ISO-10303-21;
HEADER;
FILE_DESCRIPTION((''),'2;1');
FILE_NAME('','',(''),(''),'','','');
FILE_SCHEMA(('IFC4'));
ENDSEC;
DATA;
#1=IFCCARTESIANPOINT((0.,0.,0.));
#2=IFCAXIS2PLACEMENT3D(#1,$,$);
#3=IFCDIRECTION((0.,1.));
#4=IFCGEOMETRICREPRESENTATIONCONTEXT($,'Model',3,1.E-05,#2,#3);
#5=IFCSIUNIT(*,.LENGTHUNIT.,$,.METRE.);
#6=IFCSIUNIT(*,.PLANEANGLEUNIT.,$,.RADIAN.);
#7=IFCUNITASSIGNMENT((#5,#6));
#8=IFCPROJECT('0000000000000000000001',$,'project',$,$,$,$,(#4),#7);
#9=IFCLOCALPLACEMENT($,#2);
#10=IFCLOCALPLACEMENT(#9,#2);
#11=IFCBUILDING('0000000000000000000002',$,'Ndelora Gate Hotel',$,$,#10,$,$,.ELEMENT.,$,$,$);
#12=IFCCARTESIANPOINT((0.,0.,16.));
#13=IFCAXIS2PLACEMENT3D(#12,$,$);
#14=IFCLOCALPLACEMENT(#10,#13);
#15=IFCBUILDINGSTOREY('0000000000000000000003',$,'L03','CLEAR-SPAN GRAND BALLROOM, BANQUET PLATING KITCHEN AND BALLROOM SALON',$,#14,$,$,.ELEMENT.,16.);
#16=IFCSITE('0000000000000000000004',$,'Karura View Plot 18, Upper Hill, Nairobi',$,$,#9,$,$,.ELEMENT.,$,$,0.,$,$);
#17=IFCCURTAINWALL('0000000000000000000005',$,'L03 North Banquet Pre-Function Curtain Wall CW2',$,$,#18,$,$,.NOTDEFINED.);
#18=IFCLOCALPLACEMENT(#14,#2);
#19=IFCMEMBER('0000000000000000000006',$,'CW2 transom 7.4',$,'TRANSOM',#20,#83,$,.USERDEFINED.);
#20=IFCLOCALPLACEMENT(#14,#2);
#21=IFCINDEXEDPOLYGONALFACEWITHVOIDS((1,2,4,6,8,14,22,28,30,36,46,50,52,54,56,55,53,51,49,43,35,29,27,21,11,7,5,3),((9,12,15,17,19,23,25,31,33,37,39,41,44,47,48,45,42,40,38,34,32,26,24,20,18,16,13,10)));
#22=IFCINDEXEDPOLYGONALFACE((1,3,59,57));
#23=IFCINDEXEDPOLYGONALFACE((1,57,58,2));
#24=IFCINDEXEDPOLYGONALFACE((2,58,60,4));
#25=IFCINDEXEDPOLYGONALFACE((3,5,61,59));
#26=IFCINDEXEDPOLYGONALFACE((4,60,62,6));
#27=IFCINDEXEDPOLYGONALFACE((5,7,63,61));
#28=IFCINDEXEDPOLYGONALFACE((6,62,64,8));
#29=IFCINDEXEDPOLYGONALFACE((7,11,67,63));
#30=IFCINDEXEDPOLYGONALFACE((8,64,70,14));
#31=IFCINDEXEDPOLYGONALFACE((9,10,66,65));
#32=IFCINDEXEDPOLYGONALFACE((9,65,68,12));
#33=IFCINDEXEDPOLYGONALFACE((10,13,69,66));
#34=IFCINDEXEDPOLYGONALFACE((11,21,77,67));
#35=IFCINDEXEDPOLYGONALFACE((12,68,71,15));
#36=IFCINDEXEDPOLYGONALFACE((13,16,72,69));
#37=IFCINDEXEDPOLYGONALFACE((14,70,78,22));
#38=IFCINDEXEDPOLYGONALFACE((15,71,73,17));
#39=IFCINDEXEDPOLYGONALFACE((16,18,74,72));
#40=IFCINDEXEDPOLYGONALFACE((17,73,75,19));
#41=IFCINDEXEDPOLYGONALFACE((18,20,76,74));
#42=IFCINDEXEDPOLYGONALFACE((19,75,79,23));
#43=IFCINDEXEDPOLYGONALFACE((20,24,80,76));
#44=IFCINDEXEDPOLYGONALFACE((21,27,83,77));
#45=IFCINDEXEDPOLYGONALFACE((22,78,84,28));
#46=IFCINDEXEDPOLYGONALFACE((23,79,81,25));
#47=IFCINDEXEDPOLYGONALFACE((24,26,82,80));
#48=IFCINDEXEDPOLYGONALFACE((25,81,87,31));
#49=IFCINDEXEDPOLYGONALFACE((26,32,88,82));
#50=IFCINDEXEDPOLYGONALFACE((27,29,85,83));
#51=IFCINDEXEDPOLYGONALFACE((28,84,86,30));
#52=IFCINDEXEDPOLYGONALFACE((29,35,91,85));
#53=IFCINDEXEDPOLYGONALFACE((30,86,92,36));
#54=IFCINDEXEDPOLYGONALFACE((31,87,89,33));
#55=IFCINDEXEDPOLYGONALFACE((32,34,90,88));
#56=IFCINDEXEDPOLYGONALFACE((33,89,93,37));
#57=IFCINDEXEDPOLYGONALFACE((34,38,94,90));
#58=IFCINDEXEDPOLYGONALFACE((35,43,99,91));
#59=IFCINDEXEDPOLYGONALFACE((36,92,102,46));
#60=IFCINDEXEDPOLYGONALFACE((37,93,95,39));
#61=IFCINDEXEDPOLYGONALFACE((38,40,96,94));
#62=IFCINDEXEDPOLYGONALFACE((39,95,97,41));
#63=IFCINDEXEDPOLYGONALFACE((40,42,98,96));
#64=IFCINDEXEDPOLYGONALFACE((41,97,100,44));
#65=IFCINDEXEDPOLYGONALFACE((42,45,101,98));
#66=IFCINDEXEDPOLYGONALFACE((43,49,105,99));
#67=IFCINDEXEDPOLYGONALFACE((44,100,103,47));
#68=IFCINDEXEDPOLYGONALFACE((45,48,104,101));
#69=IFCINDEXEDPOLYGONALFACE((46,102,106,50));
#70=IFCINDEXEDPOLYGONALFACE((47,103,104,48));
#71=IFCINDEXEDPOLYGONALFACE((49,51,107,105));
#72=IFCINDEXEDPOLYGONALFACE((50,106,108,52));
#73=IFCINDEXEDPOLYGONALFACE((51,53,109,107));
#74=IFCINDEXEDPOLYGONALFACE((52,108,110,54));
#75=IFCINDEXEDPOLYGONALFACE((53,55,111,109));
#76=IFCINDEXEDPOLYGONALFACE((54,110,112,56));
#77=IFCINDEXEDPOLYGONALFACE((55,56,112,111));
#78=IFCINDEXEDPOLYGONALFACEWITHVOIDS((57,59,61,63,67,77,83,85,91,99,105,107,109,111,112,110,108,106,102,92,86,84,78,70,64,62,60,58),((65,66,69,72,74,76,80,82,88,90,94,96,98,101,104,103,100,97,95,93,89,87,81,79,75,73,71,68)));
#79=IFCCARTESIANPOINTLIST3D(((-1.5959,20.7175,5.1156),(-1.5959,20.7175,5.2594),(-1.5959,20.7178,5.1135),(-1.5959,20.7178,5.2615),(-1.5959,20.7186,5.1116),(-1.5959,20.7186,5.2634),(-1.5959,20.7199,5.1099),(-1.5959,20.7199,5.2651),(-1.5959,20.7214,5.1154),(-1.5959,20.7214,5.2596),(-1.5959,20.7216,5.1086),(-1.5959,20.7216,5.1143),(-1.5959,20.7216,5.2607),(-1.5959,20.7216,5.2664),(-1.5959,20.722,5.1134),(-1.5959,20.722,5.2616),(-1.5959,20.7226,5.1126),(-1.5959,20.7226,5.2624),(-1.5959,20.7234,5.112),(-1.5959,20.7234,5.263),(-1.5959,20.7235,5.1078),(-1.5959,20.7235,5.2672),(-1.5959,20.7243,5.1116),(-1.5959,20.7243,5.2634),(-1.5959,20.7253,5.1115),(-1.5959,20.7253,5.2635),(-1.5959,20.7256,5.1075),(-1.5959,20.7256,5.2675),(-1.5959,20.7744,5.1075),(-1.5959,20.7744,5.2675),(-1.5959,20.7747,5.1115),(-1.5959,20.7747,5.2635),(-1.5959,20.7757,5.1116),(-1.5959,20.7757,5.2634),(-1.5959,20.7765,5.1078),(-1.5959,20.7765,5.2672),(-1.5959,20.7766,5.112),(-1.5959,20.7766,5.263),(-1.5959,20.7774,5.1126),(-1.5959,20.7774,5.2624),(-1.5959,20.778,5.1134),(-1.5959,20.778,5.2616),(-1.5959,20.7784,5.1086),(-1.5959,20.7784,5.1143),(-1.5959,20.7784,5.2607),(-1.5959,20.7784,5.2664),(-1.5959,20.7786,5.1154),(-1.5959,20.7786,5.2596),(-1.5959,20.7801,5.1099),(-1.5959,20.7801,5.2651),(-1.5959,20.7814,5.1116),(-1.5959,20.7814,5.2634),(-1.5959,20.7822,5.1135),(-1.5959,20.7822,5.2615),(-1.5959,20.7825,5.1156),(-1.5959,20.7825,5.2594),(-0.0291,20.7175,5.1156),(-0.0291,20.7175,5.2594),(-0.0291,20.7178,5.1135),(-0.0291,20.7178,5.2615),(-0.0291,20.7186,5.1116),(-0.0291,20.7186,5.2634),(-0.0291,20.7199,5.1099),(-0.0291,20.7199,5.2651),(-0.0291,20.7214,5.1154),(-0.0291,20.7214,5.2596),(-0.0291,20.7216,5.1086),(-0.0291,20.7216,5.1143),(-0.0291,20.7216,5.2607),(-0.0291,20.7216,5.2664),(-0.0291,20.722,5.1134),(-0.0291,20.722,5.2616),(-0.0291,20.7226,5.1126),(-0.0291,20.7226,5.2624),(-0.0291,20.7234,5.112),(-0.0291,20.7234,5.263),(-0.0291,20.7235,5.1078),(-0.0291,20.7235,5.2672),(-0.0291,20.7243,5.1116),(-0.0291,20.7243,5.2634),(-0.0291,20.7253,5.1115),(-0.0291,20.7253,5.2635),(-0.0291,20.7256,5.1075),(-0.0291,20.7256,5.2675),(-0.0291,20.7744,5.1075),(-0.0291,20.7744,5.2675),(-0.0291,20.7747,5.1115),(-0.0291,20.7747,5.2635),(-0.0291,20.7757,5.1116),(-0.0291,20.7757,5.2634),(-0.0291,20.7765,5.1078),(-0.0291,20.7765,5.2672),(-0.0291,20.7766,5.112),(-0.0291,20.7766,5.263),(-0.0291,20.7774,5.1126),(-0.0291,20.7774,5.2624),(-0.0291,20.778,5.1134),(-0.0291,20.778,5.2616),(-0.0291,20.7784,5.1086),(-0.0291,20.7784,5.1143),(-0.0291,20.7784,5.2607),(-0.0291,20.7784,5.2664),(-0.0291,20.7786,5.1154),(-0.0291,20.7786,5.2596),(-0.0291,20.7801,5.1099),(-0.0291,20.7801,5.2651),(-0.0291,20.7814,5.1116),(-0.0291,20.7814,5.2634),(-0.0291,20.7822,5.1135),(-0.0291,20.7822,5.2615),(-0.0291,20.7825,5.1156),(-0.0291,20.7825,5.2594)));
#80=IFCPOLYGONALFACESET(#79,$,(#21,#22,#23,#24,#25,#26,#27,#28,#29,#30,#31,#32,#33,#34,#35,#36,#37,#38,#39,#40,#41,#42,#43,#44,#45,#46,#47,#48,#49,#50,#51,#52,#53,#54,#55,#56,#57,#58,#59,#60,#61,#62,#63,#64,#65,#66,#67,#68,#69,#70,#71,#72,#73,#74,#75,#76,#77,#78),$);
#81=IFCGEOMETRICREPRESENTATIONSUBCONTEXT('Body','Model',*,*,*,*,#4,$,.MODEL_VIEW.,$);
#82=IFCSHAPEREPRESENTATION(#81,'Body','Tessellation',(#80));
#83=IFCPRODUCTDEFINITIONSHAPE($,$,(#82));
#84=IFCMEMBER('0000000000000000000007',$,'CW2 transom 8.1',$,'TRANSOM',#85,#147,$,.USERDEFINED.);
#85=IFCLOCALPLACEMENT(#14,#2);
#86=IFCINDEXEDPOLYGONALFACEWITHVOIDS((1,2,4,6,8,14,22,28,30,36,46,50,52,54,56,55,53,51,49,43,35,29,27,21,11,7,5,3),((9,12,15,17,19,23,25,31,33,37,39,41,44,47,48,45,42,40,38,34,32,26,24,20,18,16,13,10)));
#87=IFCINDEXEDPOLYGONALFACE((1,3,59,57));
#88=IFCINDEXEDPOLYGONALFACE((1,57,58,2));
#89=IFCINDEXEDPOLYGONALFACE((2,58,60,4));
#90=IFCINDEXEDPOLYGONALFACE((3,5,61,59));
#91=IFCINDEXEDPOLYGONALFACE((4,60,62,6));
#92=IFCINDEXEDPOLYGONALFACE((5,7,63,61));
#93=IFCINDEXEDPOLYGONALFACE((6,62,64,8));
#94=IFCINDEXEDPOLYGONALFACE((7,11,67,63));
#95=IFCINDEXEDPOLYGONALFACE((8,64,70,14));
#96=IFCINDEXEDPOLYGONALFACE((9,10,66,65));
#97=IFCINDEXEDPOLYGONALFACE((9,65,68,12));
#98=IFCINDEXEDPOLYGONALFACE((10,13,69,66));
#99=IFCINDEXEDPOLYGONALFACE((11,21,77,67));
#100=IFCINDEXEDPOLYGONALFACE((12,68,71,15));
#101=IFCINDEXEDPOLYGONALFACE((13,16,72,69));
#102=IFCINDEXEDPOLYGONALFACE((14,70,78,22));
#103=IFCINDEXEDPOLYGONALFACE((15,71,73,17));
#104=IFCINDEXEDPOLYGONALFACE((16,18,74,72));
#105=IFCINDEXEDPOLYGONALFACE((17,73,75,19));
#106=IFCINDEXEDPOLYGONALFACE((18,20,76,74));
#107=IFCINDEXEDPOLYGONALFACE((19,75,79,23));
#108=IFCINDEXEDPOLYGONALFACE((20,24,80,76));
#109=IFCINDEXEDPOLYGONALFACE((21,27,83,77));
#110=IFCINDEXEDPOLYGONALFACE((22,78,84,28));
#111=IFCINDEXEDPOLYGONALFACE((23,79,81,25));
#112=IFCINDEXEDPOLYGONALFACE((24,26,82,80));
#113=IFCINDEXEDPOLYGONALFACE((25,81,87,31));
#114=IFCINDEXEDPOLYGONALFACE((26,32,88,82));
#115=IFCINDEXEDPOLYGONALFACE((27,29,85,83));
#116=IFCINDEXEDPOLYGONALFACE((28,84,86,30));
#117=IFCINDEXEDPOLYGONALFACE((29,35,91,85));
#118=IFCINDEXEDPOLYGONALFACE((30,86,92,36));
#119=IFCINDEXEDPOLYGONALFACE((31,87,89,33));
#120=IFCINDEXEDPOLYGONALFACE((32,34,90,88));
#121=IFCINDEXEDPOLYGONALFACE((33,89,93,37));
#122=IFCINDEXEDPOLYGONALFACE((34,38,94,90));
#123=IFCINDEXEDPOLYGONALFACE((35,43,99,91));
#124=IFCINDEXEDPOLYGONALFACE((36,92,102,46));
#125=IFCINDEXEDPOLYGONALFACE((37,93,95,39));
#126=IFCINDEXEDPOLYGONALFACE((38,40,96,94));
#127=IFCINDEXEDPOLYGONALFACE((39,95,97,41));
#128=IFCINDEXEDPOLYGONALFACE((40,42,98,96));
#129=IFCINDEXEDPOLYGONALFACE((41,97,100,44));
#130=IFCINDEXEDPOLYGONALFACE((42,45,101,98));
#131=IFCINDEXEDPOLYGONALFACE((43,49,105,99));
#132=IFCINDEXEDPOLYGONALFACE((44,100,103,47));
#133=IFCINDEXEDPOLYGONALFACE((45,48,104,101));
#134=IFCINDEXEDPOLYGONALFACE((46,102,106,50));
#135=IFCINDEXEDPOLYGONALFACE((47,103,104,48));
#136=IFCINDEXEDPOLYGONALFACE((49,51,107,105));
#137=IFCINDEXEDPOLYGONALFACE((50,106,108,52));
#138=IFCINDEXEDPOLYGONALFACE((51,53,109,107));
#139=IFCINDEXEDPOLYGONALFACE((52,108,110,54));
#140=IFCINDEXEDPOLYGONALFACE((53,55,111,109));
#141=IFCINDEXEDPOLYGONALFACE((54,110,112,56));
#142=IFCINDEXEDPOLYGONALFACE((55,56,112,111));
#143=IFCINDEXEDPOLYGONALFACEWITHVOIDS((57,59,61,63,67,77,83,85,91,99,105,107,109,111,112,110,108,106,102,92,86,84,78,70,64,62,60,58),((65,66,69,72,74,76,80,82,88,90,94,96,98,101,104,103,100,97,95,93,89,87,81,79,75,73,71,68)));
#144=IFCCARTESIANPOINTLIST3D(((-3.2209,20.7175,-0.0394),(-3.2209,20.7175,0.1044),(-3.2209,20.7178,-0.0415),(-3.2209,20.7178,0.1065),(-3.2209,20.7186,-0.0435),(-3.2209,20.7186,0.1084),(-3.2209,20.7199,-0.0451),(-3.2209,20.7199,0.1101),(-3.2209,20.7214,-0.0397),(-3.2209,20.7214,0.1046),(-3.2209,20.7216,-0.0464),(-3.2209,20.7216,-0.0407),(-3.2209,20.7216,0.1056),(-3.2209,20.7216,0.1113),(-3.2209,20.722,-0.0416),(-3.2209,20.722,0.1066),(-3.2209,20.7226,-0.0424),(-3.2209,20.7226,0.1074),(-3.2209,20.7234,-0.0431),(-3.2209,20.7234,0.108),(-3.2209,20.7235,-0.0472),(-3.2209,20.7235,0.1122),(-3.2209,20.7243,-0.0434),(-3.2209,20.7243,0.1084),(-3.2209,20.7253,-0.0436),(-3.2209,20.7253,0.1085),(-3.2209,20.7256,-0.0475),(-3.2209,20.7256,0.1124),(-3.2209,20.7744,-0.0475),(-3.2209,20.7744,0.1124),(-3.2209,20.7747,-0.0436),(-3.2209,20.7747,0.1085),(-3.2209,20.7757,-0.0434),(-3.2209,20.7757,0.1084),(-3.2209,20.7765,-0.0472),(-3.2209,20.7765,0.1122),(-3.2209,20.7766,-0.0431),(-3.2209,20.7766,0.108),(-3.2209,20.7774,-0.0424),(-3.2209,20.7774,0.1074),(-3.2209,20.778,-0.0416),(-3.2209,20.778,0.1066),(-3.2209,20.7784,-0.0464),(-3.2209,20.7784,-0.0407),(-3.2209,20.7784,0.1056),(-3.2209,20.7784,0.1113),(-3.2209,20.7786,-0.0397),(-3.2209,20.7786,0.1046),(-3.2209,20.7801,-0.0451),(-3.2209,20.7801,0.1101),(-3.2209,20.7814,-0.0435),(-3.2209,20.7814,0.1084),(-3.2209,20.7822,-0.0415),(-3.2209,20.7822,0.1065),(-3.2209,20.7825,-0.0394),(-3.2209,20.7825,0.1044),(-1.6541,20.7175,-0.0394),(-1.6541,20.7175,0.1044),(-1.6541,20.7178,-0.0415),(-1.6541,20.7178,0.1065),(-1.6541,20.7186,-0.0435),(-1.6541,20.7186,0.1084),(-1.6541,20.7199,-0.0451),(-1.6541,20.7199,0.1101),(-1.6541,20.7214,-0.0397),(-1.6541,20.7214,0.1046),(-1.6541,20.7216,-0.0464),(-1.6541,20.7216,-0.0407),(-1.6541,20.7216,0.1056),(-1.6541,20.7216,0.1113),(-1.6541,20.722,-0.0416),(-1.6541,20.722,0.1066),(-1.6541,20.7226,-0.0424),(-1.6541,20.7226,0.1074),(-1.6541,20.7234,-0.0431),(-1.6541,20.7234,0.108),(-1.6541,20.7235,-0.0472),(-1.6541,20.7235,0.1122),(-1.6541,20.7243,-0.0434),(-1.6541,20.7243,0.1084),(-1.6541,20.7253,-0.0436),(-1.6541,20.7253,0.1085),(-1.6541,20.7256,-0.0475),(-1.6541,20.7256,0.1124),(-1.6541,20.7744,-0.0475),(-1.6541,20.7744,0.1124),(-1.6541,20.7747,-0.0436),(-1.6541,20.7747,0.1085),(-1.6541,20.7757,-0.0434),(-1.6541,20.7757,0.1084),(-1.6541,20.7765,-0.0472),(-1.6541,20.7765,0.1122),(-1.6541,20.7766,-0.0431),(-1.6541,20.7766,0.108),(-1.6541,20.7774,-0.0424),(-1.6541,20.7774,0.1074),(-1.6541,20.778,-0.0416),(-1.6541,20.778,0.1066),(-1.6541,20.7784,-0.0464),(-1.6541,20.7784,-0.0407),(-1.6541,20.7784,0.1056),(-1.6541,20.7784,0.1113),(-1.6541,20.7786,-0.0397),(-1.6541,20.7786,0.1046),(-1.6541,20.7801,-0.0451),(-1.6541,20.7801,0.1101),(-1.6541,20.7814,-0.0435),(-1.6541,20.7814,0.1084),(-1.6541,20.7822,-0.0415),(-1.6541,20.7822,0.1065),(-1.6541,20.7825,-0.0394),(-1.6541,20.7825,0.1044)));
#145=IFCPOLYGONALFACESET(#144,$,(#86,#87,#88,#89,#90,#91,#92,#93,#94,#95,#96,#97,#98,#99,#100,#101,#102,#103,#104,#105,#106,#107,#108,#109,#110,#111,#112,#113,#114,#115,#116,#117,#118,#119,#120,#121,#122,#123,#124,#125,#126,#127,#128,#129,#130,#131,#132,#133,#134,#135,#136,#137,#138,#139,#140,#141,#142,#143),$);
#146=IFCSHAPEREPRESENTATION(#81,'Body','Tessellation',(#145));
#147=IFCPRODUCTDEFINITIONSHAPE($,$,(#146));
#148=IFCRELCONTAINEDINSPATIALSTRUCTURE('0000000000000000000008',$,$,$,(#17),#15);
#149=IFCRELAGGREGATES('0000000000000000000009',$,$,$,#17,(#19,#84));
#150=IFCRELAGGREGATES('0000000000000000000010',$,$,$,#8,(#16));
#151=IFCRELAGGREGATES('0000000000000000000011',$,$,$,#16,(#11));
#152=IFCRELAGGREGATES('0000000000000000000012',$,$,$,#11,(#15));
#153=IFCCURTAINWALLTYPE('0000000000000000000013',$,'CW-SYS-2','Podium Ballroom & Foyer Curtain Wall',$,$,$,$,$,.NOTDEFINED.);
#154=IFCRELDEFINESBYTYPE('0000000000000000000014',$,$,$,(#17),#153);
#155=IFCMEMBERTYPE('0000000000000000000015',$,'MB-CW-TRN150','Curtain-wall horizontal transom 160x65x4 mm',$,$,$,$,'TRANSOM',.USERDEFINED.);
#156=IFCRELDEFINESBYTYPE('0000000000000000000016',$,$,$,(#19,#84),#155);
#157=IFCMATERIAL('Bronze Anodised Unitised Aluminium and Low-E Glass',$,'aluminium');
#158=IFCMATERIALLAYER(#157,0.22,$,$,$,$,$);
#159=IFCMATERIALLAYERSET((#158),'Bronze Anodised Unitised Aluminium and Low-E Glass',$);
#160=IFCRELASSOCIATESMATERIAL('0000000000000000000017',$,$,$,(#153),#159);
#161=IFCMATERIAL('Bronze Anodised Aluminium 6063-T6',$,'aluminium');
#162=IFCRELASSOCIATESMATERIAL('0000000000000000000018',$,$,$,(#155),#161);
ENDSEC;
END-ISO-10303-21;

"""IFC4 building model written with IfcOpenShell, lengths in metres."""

from ifc_helpers import new_model, si_unit, direction, frame, origin, origin_2d, place, context, subcontext, project, spatial, hollow_rectangle, extrude, material, layer, layer_set, material_profile, profile_set, type_object, element, aggregate, save


model = new_model("IFC4")

# Units and contexts
model_context = context("Model", 3, precision=1e-05, world=origin(), true_north=direction((0.0, 1.0)))
body_context = subcontext(model_context, "Body", "Model", "MODEL_VIEW")
ifc_project = project(units=[si_unit("LENGTHUNIT", "METRE"), si_unit("PLANEANGLEUNIT", "RADIAN")], contexts=[model_context])

# Site, building, storey
site_placement = place(None, origin())
site = spatial("IfcSite", under=ifc_project, at=site_placement, Name="Karura View Plot 18, Upper Hill, Nairobi", CompositionType="ELEMENT", RefElevation=0.0)
building_placement = place(site_placement, origin())
building = spatial("IfcBuilding", under=site, at=building_placement, Name="Ndelora Gate Hotel", CompositionType="ELEMENT")
storey_placement = place(building_placement, frame((0.0, 0.0, 16.0)))
storey = spatial("IfcBuildingStorey", under=building, at=storey_placement, Name="L03", Description="CLEAR-SPAN GRAND BALLROOM, BANQUET PLATING KITCHEN AND BALLROOM SALON", CompositionType="ELEMENT", Elevation=16.0)

# Curtain wall, members
ifc_material_1 = material(Name="Bronze Anodised Unitised Aluminium and Low-E Glass", Category="aluminium")
ifc_layer_1 = layer(ifc_material_1, 0.22)
ifc_layer_set_1 = layer_set([ifc_layer_1], Name="Bronze Anodised Unitised Aluminium and Low-E Glass")
curtain_wall_type = type_object("IfcCurtainWallType", Name="CW-SYS-2", Description="Podium Ballroom & Foyer Curtain Wall", PredefinedType="NOTDEFINED", material=ifc_layer_set_1)
curtain_wall_placement = place(storey_placement, origin())
curtain_wall = element("IfcCurtainWall", 1, at=curtain_wall_placement, inside=storey, type_object=curtain_wall_type, Name="L03 North Banquet Pre-Function Curtain Wall CW2", PredefinedType="NOTDEFINED")
ifc_material_2 = material(Name="Bronze Anodised Aluminium 6063-T6", Category="aluminium")
ifc_material_profile_1 = material_profile(ifc_material_2, hollow_rectangle(XDim=0.0649, YDim=0.1599, WallThickness=0.0039, InnerFilletRadius=0.0039, OuterFilletRadius=0.0081, at=origin_2d()), Name="ALU 160x65x4")
ifc_profile_set_1 = profile_set([ifc_material_profile_1], Name="Bronze Anodised Aluminium 6063-T6")
member_type_1 = type_object("IfcMemberType", Name="MB-CW-TRN150", Description="Curtain-wall horizontal transom 160x65x4 mm", ElementType="TRANSOM", PredefinedType="USERDEFINED", material=ifc_profile_set_1)
member_1_placement = place(storey_placement, frame((-0.0291, 20.75, 5.1875), z_axis=(-1.0, 0.0, 0.0), x_axis=(0.0, -1.0, 0.0)))
member_1 = element("IfcMember", 2, at=member_1_placement, type_object=member_type_1, Name="CW2 transom 7.4", ObjectType="TRANSOM", PredefinedType="USERDEFINED", context=body_context, shape_type="SweptSolid", body=[
    extrude(hollow_rectangle(XDim=0.0649, YDim=0.1599, WallThickness=0.0039, InnerFilletRadius=0.0039, OuterFilletRadius=0.0081, at=origin_2d()), origin(), (0.0, 0.0, 1.0), 1.5669),
])
member_2_placement = place(storey_placement, frame((-1.6541, 20.75, 0.0325), z_axis=(-1.0, 0.0, 0.0), x_axis=(0.0, -1.0, 0.0)))
member_2 = element("IfcMember", 3, at=member_2_placement, type_object=member_type_1, Name="CW2 transom 8.1", ObjectType="TRANSOM", PredefinedType="USERDEFINED", context=body_context, shape_type="SweptSolid", body=[
    extrude(hollow_rectangle(XDim=0.0649, YDim=0.1599, WallThickness=0.0039, InnerFilletRadius=0.0039, OuterFilletRadius=0.0081, at=origin_2d()), origin(), (0.0, 0.0, 1.0), 1.5669),
])
aggregate(curtain_wall, [member_1, member_2])

save(model, "model.ifc")
